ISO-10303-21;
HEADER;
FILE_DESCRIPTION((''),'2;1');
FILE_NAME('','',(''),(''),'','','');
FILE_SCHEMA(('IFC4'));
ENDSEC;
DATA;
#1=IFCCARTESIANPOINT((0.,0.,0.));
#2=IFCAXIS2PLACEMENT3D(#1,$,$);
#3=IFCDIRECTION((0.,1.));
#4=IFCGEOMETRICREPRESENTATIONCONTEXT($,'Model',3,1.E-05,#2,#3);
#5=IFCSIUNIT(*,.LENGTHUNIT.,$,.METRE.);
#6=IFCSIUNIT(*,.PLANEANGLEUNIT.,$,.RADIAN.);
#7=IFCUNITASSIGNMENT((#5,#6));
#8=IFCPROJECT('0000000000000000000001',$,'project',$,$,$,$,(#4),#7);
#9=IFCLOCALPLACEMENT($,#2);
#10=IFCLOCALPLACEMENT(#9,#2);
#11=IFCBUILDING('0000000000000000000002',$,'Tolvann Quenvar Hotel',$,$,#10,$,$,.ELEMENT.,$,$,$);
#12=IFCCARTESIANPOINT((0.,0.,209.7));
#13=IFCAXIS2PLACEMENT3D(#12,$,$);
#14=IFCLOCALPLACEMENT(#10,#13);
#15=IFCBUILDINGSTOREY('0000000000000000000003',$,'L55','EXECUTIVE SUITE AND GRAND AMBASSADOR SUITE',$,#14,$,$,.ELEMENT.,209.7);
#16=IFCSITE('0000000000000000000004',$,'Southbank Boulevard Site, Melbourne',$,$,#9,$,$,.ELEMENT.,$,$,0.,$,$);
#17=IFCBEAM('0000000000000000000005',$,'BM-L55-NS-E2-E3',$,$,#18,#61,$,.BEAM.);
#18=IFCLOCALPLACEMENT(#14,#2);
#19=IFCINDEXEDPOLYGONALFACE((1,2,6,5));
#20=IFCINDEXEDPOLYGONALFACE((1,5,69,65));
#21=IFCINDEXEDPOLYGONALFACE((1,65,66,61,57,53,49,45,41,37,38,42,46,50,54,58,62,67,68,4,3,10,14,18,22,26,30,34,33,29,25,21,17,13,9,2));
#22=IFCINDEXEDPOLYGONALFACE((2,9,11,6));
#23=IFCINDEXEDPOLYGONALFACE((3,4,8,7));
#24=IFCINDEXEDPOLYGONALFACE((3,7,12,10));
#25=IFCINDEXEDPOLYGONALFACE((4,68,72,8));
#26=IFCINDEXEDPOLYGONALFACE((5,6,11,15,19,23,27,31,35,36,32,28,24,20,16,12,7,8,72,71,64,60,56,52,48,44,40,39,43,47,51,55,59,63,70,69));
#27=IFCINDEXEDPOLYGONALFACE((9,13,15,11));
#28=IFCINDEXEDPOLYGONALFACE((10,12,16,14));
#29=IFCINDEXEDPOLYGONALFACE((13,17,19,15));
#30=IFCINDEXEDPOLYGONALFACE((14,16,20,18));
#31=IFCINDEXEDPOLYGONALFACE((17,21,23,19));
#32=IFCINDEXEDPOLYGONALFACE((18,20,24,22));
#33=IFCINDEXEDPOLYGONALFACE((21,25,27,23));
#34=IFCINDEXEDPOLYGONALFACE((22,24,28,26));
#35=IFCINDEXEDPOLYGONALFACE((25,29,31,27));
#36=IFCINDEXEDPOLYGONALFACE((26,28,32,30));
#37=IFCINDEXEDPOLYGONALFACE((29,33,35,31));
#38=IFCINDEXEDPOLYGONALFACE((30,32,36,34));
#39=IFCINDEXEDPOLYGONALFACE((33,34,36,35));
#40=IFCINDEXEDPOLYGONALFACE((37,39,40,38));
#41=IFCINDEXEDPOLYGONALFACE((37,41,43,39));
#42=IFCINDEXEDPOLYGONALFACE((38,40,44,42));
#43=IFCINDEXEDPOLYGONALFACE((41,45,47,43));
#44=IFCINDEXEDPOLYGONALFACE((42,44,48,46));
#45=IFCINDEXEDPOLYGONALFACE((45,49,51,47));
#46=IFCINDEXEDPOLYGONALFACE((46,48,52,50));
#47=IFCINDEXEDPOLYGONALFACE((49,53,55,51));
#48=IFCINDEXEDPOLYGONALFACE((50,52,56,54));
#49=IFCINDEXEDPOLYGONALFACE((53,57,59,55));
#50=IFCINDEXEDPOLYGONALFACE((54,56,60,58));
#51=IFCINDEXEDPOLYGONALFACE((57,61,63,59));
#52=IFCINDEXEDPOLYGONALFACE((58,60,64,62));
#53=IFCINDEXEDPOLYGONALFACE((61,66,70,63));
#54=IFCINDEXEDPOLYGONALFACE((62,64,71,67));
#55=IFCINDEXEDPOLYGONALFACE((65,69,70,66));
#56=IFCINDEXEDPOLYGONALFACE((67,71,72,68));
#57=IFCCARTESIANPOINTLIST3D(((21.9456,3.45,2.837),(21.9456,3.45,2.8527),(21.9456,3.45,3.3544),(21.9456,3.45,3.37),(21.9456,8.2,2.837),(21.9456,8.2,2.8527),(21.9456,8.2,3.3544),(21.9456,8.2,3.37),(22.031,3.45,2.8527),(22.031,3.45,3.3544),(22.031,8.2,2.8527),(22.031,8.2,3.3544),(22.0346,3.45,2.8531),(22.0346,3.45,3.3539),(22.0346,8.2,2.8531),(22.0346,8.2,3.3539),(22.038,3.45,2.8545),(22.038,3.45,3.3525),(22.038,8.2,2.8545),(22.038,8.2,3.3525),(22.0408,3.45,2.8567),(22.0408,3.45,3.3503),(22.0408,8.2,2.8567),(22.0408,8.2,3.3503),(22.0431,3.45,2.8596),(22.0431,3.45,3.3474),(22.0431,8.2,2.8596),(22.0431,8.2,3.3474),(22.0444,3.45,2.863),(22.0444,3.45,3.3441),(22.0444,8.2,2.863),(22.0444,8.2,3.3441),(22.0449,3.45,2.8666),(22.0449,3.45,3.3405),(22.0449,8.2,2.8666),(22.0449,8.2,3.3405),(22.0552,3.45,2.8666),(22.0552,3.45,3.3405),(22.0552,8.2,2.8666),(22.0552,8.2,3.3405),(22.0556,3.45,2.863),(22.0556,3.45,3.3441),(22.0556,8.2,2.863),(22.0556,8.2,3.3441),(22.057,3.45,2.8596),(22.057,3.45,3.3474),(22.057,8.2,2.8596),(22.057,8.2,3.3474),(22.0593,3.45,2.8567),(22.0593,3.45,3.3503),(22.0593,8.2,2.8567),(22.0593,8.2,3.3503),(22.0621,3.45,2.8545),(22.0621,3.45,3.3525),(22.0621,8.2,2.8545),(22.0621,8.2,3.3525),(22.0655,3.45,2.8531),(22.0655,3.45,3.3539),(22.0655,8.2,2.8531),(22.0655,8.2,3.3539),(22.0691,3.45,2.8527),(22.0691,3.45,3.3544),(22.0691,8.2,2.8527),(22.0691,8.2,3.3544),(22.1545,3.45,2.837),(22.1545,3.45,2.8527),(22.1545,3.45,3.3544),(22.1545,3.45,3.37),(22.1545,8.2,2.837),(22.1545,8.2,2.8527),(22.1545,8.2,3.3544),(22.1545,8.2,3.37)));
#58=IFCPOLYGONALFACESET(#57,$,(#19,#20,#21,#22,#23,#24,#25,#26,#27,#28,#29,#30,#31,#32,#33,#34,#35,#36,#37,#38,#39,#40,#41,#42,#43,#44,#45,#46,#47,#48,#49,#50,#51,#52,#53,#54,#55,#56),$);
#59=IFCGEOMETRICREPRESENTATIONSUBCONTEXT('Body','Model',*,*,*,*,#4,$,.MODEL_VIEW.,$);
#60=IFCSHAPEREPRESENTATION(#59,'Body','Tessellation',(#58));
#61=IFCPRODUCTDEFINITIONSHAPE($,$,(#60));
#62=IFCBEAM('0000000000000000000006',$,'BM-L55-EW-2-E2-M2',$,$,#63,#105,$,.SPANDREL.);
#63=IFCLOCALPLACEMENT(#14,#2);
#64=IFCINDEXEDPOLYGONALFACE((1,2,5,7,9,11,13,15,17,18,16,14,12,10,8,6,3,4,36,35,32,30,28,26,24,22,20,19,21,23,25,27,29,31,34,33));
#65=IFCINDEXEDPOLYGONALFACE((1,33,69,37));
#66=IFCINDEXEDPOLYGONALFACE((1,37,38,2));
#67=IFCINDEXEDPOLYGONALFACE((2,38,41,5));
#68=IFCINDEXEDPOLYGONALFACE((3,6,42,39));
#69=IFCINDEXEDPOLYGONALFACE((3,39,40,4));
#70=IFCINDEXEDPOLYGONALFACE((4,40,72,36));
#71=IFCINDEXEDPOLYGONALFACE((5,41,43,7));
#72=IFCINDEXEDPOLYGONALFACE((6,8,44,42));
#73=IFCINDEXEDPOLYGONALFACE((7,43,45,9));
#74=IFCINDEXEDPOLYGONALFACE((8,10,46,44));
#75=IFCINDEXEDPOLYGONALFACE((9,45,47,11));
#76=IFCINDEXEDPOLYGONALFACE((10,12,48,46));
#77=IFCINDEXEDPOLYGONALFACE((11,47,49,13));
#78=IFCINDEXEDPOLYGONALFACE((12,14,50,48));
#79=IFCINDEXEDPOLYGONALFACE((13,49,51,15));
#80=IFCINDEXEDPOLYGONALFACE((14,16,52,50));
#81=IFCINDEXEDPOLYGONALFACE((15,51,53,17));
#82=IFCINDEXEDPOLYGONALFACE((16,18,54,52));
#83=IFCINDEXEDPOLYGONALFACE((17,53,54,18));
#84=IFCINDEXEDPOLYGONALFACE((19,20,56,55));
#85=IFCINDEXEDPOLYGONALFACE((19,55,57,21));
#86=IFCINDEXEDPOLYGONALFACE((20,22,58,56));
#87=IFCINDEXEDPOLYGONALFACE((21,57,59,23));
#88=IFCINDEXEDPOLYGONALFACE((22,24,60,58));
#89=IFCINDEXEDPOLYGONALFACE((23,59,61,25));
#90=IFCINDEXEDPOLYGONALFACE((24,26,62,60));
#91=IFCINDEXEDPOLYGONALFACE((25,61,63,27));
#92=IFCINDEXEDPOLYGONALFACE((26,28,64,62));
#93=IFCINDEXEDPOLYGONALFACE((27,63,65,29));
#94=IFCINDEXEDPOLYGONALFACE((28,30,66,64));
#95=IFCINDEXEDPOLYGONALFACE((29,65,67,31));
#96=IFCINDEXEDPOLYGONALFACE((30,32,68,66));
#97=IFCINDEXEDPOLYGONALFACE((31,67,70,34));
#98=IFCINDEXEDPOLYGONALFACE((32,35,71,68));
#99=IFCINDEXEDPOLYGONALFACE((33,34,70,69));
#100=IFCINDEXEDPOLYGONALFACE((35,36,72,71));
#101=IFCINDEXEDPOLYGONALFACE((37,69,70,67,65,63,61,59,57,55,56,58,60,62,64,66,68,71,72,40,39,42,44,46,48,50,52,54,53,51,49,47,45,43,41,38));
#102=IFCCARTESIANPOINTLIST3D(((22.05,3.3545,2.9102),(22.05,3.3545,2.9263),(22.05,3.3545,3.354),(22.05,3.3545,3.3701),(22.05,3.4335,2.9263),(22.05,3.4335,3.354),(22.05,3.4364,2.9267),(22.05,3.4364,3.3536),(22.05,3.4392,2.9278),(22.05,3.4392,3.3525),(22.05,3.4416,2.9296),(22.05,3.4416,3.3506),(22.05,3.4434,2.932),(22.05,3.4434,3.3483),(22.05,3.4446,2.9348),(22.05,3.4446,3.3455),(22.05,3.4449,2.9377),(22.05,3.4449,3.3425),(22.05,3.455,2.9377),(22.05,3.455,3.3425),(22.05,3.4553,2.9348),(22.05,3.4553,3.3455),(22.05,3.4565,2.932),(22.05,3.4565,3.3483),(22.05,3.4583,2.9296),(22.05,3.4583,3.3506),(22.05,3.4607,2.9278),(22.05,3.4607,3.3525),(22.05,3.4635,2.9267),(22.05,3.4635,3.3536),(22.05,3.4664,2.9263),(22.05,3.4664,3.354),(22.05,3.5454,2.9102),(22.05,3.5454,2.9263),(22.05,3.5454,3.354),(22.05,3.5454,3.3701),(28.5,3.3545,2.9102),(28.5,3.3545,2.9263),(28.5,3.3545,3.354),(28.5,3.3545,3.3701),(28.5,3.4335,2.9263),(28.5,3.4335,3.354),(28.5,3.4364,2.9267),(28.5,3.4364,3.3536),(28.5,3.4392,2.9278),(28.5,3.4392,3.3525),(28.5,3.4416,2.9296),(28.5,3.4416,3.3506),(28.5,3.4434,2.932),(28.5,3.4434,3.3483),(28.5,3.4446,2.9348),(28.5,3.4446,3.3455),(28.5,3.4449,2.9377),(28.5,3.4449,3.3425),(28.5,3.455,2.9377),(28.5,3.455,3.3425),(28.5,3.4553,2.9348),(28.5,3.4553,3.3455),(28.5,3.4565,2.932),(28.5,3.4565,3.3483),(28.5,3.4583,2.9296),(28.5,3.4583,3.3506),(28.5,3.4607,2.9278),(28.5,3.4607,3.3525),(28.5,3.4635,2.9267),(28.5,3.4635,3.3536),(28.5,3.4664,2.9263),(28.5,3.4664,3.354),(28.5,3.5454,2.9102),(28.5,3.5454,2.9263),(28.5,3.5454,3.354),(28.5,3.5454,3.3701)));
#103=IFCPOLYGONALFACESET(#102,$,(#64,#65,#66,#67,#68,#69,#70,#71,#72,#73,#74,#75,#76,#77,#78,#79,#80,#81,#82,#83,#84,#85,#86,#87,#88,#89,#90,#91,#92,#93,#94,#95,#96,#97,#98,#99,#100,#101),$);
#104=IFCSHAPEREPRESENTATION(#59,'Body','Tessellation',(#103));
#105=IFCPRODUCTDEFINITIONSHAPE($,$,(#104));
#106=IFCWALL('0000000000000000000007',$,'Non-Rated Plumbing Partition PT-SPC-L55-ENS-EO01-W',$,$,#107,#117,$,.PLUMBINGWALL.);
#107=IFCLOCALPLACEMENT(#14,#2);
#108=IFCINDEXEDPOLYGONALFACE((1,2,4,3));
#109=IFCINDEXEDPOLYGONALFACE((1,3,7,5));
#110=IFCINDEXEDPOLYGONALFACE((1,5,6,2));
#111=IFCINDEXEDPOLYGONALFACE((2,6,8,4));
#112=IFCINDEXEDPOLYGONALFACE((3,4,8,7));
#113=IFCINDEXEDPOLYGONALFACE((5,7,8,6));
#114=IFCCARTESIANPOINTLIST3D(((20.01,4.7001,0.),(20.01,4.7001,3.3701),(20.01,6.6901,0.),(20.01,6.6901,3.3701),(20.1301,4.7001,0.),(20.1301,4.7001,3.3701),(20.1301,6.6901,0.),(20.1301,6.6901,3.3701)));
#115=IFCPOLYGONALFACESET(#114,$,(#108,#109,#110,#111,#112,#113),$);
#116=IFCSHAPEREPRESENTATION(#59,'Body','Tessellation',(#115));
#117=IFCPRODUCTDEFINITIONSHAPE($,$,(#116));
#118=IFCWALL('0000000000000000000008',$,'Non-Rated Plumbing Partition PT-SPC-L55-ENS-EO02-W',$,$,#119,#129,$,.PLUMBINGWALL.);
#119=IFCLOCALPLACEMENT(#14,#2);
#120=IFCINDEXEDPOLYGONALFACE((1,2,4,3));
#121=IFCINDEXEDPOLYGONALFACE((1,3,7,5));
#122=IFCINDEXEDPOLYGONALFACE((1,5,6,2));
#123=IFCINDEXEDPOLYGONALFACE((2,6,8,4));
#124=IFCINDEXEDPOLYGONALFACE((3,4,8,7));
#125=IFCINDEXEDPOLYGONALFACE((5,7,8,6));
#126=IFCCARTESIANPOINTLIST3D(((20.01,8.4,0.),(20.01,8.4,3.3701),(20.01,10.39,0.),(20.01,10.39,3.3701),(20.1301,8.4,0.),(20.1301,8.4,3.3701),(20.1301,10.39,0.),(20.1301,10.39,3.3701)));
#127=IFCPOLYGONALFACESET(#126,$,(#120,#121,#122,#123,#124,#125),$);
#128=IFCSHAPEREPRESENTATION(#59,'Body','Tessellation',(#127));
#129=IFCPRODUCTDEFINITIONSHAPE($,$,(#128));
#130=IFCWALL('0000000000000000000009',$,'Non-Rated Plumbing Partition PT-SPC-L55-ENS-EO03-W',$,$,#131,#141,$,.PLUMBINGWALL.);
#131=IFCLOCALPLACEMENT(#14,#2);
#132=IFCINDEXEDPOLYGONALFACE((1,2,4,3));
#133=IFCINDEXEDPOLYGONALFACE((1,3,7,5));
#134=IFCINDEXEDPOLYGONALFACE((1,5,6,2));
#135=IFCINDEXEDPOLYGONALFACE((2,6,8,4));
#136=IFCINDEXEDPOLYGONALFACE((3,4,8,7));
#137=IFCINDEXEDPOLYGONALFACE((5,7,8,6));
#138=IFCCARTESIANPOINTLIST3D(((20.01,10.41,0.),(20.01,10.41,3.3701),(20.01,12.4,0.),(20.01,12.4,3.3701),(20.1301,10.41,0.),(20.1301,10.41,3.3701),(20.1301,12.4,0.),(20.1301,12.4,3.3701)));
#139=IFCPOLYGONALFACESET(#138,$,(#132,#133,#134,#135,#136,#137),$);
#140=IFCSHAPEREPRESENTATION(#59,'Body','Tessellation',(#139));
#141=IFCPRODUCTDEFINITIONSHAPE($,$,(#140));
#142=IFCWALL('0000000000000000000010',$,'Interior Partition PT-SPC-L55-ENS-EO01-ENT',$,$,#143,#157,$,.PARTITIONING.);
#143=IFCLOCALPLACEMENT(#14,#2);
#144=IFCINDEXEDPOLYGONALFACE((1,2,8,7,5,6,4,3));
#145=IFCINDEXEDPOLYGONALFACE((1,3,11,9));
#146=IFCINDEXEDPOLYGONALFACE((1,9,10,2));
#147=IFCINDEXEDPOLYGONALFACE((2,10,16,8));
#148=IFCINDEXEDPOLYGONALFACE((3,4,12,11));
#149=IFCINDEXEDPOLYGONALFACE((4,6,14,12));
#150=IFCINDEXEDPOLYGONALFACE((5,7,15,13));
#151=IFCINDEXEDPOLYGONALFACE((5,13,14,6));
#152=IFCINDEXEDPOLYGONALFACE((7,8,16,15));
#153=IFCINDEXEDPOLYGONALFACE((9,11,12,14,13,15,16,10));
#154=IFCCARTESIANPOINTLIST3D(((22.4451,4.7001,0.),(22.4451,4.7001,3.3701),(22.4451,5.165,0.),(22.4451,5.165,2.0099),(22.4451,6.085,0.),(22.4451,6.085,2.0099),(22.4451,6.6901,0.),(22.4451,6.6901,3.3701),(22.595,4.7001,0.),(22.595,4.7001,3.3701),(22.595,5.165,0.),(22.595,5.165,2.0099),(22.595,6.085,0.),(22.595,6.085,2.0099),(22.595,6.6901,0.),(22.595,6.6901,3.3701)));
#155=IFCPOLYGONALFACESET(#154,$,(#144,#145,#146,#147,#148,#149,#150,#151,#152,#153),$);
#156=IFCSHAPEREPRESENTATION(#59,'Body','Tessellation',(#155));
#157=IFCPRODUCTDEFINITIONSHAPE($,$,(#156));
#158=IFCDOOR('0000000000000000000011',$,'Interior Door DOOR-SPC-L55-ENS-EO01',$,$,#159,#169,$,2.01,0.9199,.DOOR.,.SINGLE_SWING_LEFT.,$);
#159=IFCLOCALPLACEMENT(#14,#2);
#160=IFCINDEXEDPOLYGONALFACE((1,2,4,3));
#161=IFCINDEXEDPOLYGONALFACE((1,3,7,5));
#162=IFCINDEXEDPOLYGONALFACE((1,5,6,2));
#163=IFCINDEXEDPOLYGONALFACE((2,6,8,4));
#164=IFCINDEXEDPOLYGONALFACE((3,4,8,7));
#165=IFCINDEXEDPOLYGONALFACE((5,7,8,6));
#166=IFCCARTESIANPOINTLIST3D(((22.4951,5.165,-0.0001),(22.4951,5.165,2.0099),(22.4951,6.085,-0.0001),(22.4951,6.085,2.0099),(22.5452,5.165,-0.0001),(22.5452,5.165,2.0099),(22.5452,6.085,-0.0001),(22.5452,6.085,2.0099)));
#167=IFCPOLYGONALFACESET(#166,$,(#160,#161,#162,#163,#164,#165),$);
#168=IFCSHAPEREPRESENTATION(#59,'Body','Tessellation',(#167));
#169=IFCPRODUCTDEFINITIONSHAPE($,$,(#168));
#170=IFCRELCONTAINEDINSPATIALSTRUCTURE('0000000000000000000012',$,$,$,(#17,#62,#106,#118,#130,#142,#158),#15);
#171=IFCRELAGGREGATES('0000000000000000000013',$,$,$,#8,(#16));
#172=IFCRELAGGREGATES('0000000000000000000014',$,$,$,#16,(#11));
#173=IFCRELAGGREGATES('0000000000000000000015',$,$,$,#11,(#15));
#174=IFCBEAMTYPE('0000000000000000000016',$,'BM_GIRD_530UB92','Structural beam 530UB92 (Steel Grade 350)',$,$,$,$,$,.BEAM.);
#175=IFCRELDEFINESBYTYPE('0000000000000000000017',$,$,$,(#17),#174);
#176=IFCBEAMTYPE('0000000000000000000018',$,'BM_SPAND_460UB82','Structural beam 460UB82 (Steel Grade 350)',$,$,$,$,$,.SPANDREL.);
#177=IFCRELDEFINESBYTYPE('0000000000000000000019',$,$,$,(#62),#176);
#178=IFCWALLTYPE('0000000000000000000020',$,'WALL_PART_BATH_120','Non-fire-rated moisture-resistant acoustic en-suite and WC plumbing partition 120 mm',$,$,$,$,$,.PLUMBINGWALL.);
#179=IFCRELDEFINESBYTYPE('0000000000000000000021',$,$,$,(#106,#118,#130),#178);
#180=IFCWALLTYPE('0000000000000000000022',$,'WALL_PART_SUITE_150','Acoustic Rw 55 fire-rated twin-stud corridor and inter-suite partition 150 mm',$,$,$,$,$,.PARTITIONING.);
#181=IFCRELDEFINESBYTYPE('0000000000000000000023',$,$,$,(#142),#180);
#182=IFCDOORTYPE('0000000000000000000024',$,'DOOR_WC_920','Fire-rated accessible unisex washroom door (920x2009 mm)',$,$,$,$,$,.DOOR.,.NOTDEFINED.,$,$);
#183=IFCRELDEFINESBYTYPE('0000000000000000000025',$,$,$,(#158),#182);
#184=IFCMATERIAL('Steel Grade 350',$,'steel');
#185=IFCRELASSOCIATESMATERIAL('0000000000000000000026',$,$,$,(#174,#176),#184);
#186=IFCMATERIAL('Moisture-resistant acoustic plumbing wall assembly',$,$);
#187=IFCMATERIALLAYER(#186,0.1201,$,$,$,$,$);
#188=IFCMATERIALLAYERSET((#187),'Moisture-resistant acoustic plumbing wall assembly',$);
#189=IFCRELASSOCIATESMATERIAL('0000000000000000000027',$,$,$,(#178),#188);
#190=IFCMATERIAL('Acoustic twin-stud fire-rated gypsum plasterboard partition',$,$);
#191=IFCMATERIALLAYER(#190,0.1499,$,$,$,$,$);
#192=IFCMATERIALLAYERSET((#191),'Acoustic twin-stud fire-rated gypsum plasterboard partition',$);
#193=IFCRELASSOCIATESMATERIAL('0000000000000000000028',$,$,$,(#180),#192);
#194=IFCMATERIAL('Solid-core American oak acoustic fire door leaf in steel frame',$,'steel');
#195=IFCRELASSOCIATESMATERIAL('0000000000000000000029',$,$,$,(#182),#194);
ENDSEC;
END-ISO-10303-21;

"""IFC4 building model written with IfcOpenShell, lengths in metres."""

from ifc_helpers import new_model, si_unit, direction, frame, frame_2d, origin, origin_2d, place, context, subcontext, project, spatial, rectangle, i_section, extrude, source, transform, mapped, material, layer, layer_set, material_profile, profile_set, type_object, type_shapes, element, fill, save


model = new_model("IFC4")

# Units and contexts
model_context = context("Model", 3, precision=1e-05, world=origin(), true_north=direction((0.0, 1.0)))
body_context = subcontext(model_context, "Body", "Model", "MODEL_VIEW")
ifc_project = project(units=[si_unit("LENGTHUNIT", "METRE"), si_unit("PLANEANGLEUNIT", "RADIAN")], contexts=[model_context])

# Site, building, storey
site_placement = place(None, origin())
site = spatial("IfcSite", under=ifc_project, at=site_placement, Name="Southbank Boulevard Site, Melbourne", CompositionType="ELEMENT", RefElevation=0.0)
building_placement = place(site_placement, origin())
building = spatial("IfcBuilding", under=site, at=building_placement, Name="Tolvann Quenvar Hotel", CompositionType="ELEMENT")
storey_placement = place(building_placement, frame((0.0, 0.0, 209.7)))
storey = spatial("IfcBuildingStorey", under=building, at=storey_placement, Name="L55", Description="EXECUTIVE SUITE AND GRAND AMBASSADOR SUITE", CompositionType="ELEMENT", Elevation=209.7)

# Shared definitions
ifc_material_1 = material(Name="Steel Grade 350", Category="steel")

# Beams
ifc_material_profile_1 = material_profile(ifc_material_1, i_section(OverallWidth=0.209, OverallDepth=0.533, WebThickness=0.0103, FlangeThickness=0.0156, FilletRadius=0.0139, at=origin_2d()), Name="530UB92")
ifc_profile_set_1 = profile_set([ifc_material_profile_1], Name="Steel Grade 350")
beam_type_1 = type_object("IfcBeamType", Name="BM_GIRD_530UB92", Description="Structural beam 530UB92 (Steel Grade 350)", PredefinedType="BEAM", material=ifc_profile_set_1)
shared_shape_1 = source(origin(), body_context, "Body", "SweptSolid", [
    extrude(i_section(OverallWidth=0.209, OverallDepth=0.533, WebThickness=0.0103, FlangeThickness=0.0156, FilletRadius=0.0139, at=origin_2d()), origin(), (0.0, 0.0, 1.0), 4.75),
])
beam_1_placement = place(storey_placement, frame((22.05, 3.45, 3.1035), z_axis=(0.0, 1.0, 0.0), x_axis=(-1.0, 0.0, 0.0)))
element("IfcBeam", 1, at=beam_1_placement, inside=storey, type_object=beam_type_1, Name="BM-L55-NS-E2-E3", PredefinedType="BEAM", context=body_context, shape_type="MappedRepresentation", body=[
    mapped(shared_shape_1, transform((0.0, 0.0, 0.0), x_axis=(1.0, 0.0, 0.0), y_axis=(0.0, 1.0, 0.0), z_axis=(0.0, 0.0, 1.0), scale=1.0)),
])
ifc_material_profile_2 = material_profile(ifc_material_1, i_section(OverallWidth=0.1909, OverallDepth=0.46, WebThickness=0.01, FlangeThickness=0.0161, FilletRadius=0.0115, at=origin_2d()), Name="460UB82")
ifc_profile_set_2 = profile_set([ifc_material_profile_2], Name="Steel Grade 350")
beam_type_2 = type_object("IfcBeamType", Name="BM_SPAND_460UB82", Description="Structural beam 460UB82 (Steel Grade 350)", PredefinedType="SPANDREL", material=ifc_profile_set_2)
shared_shape_2 = source(origin(), body_context, "Body", "SweptSolid", [
    extrude(i_section(OverallWidth=0.1909, OverallDepth=0.46, WebThickness=0.01, FlangeThickness=0.0161, FilletRadius=0.0115, at=origin_2d()), origin(), (0.0, 0.0, 1.0), 6.45),
])
type_shapes(beam_type_2, [shared_shape_2])
beam_2_placement = place(storey_placement, frame((22.05, 3.45, 3.1401), z_axis=(1.0, 0.0, 0.0), x_axis=(0.0, 1.0, 0.0)))
element("IfcBeam", 2, at=beam_2_placement, inside=storey, type_object=beam_type_2, Name="BM-L55-EW-2-E2-M2", PredefinedType="SPANDREL", context=body_context, shape_type="MappedRepresentation", body=[
    mapped(shared_shape_2, transform((0.0, 0.0, 0.0), x_axis=(1.0, 0.0, 0.0), y_axis=(0.0, 1.0, 0.0), z_axis=(0.0, 0.0, 1.0), scale=1.0)),
])

# Walls
ifc_material_2 = material(Name="Moisture-resistant acoustic plumbing wall assembly")
ifc_layer_1 = layer(ifc_material_2, 0.1201)
ifc_layer_set_1 = layer_set([ifc_layer_1], Name="Moisture-resistant acoustic plumbing wall assembly")
wall_type_1 = type_object("IfcWallType", Name="WALL_PART_BATH_120", Description="Non-fire-rated moisture-resistant acoustic en-suite and WC plumbing partition 120 mm", PredefinedType="PLUMBINGWALL", material=ifc_layer_set_1)
for number, where, z_axis, x_axis, name in (
    (3, (20.0701, 4.7, 0.0), (0.0, 0.0, 1.0), (0.0, 1.0, 0.0), "Non-Rated Plumbing Partition PT-SPC-L55-ENS-EO01-W"),
    (4, (20.0701, 8.3999, 0.0), (0.0, 0.0, 1.0), (0.0, 1.0, 0.0), "Non-Rated Plumbing Partition PT-SPC-L55-ENS-EO02-W"),
    (5, (20.0701, 10.4099, 0.0), (0.0, 0.0, 1.0), (0.0, 1.0, 0.0), "Non-Rated Plumbing Partition PT-SPC-L55-ENS-EO03-W"),
):
    element("IfcWall", number, at=place(storey_placement, frame(where, z_axis=z_axis, x_axis=x_axis)), inside=storey, type_object=wall_type_1, Name=name, PredefinedType="PLUMBINGWALL", context=body_context, shape_type="SweptSolid", body=[
        extrude(rectangle(XDim=1.99, YDim=0.1201, at=frame_2d((0.9951, 0.0))), origin(), (0.0, 0.0, 1.0), 3.3701),
    ])

# Wall, opening, door
ifc_material_3 = material(Name="Acoustic twin-stud fire-rated gypsum plasterboard partition")
ifc_layer_2 = layer(ifc_material_3, 0.1499)
ifc_layer_set_2 = layer_set([ifc_layer_2], Name="Acoustic twin-stud fire-rated gypsum plasterboard partition")
wall_type_2 = type_object("IfcWallType", Name="WALL_PART_SUITE_150", Description="Acoustic Rw 55 fire-rated twin-stud corridor and inter-suite partition 150 mm", PredefinedType="PARTITIONING", material=ifc_layer_set_2)
wall_1_placement = place(storey_placement, frame((22.52, 4.7, 0.0), z_axis=(0.0, 0.0, 1.0), x_axis=(0.0, 1.0, 0.0)))
wall_1 = element("IfcWall", 6, at=wall_1_placement, inside=storey, type_object=wall_type_2, Name="Interior Partition PT-SPC-L55-ENS-EO01-ENT", PredefinedType="PARTITIONING", context=body_context, shape_type="SweptSolid", body=[
    extrude(rectangle(XDim=1.99, YDim=0.1499, at=frame_2d((0.9951, 0.0))), origin(), (0.0, 0.0, 1.0), 3.3701),
])
opening_1_placement = place(wall_1_placement, frame((0.4651, 0.0, 0.0)))
opening_1 = element("IfcOpeningElement", 7, at=opening_1_placement, cuts=wall_1, PredefinedType="OPENING", context=body_context, shape_type="SweptSolid", body=[
    extrude(rectangle(XDim=0.9199, YDim=2.01, at=frame_2d((0.46, 1.0049))), frame((0.0, 0.085, 0.0), z_axis=(0.0, -1.0, 0.0), x_axis=(1.0, 0.0, 0.0)), (0.0, 0.0, 1.0), 0.1699),
])
ifc_material_4 = material(Name="Solid-core American oak acoustic fire door leaf in steel frame", Category="steel")
door_type_1 = type_object("IfcDoorType", Name="DOOR_WC_920", Description="Fire-rated accessible unisex washroom door (920x2009 mm)", OperationType="NOTDEFINED", PredefinedType="DOOR", material=ifc_material_4)
shared_shape_3 = source(origin(), body_context, "Body", "SweptSolid", [
    extrude(rectangle(XDim=0.9199, YDim=2.01, at=frame_2d((0.46, 1.0049))), frame((0.0, 0.0249, 0.0), z_axis=(0.0, -1.0, 0.0), x_axis=(1.0, 0.0, 0.0)), (0.0, 0.0, 1.0), 0.05),
])
type_shapes(door_type_1, [shared_shape_3])
door_1_placement = place(opening_1_placement, origin())
door_1 = element("IfcDoor", 8, at=door_1_placement, inside=storey, type_object=door_type_1, Name="Interior Door DOOR-SPC-L55-ENS-EO01", OperationType="SINGLE_SWING_LEFT", OverallHeight=2.01, OverallWidth=0.9199, PredefinedType="DOOR", context=body_context, shape_type="MappedRepresentation", body=[
    mapped(shared_shape_3, transform((0.0, 0.0, 0.0), x_axis=(1.0, 0.0, 0.0), y_axis=(0.0, 1.0, 0.0), z_axis=(0.0, 0.0, 1.0), scale=1.0)),
])
fill(opening_1, door_1)

save(model, "model.ifc")
